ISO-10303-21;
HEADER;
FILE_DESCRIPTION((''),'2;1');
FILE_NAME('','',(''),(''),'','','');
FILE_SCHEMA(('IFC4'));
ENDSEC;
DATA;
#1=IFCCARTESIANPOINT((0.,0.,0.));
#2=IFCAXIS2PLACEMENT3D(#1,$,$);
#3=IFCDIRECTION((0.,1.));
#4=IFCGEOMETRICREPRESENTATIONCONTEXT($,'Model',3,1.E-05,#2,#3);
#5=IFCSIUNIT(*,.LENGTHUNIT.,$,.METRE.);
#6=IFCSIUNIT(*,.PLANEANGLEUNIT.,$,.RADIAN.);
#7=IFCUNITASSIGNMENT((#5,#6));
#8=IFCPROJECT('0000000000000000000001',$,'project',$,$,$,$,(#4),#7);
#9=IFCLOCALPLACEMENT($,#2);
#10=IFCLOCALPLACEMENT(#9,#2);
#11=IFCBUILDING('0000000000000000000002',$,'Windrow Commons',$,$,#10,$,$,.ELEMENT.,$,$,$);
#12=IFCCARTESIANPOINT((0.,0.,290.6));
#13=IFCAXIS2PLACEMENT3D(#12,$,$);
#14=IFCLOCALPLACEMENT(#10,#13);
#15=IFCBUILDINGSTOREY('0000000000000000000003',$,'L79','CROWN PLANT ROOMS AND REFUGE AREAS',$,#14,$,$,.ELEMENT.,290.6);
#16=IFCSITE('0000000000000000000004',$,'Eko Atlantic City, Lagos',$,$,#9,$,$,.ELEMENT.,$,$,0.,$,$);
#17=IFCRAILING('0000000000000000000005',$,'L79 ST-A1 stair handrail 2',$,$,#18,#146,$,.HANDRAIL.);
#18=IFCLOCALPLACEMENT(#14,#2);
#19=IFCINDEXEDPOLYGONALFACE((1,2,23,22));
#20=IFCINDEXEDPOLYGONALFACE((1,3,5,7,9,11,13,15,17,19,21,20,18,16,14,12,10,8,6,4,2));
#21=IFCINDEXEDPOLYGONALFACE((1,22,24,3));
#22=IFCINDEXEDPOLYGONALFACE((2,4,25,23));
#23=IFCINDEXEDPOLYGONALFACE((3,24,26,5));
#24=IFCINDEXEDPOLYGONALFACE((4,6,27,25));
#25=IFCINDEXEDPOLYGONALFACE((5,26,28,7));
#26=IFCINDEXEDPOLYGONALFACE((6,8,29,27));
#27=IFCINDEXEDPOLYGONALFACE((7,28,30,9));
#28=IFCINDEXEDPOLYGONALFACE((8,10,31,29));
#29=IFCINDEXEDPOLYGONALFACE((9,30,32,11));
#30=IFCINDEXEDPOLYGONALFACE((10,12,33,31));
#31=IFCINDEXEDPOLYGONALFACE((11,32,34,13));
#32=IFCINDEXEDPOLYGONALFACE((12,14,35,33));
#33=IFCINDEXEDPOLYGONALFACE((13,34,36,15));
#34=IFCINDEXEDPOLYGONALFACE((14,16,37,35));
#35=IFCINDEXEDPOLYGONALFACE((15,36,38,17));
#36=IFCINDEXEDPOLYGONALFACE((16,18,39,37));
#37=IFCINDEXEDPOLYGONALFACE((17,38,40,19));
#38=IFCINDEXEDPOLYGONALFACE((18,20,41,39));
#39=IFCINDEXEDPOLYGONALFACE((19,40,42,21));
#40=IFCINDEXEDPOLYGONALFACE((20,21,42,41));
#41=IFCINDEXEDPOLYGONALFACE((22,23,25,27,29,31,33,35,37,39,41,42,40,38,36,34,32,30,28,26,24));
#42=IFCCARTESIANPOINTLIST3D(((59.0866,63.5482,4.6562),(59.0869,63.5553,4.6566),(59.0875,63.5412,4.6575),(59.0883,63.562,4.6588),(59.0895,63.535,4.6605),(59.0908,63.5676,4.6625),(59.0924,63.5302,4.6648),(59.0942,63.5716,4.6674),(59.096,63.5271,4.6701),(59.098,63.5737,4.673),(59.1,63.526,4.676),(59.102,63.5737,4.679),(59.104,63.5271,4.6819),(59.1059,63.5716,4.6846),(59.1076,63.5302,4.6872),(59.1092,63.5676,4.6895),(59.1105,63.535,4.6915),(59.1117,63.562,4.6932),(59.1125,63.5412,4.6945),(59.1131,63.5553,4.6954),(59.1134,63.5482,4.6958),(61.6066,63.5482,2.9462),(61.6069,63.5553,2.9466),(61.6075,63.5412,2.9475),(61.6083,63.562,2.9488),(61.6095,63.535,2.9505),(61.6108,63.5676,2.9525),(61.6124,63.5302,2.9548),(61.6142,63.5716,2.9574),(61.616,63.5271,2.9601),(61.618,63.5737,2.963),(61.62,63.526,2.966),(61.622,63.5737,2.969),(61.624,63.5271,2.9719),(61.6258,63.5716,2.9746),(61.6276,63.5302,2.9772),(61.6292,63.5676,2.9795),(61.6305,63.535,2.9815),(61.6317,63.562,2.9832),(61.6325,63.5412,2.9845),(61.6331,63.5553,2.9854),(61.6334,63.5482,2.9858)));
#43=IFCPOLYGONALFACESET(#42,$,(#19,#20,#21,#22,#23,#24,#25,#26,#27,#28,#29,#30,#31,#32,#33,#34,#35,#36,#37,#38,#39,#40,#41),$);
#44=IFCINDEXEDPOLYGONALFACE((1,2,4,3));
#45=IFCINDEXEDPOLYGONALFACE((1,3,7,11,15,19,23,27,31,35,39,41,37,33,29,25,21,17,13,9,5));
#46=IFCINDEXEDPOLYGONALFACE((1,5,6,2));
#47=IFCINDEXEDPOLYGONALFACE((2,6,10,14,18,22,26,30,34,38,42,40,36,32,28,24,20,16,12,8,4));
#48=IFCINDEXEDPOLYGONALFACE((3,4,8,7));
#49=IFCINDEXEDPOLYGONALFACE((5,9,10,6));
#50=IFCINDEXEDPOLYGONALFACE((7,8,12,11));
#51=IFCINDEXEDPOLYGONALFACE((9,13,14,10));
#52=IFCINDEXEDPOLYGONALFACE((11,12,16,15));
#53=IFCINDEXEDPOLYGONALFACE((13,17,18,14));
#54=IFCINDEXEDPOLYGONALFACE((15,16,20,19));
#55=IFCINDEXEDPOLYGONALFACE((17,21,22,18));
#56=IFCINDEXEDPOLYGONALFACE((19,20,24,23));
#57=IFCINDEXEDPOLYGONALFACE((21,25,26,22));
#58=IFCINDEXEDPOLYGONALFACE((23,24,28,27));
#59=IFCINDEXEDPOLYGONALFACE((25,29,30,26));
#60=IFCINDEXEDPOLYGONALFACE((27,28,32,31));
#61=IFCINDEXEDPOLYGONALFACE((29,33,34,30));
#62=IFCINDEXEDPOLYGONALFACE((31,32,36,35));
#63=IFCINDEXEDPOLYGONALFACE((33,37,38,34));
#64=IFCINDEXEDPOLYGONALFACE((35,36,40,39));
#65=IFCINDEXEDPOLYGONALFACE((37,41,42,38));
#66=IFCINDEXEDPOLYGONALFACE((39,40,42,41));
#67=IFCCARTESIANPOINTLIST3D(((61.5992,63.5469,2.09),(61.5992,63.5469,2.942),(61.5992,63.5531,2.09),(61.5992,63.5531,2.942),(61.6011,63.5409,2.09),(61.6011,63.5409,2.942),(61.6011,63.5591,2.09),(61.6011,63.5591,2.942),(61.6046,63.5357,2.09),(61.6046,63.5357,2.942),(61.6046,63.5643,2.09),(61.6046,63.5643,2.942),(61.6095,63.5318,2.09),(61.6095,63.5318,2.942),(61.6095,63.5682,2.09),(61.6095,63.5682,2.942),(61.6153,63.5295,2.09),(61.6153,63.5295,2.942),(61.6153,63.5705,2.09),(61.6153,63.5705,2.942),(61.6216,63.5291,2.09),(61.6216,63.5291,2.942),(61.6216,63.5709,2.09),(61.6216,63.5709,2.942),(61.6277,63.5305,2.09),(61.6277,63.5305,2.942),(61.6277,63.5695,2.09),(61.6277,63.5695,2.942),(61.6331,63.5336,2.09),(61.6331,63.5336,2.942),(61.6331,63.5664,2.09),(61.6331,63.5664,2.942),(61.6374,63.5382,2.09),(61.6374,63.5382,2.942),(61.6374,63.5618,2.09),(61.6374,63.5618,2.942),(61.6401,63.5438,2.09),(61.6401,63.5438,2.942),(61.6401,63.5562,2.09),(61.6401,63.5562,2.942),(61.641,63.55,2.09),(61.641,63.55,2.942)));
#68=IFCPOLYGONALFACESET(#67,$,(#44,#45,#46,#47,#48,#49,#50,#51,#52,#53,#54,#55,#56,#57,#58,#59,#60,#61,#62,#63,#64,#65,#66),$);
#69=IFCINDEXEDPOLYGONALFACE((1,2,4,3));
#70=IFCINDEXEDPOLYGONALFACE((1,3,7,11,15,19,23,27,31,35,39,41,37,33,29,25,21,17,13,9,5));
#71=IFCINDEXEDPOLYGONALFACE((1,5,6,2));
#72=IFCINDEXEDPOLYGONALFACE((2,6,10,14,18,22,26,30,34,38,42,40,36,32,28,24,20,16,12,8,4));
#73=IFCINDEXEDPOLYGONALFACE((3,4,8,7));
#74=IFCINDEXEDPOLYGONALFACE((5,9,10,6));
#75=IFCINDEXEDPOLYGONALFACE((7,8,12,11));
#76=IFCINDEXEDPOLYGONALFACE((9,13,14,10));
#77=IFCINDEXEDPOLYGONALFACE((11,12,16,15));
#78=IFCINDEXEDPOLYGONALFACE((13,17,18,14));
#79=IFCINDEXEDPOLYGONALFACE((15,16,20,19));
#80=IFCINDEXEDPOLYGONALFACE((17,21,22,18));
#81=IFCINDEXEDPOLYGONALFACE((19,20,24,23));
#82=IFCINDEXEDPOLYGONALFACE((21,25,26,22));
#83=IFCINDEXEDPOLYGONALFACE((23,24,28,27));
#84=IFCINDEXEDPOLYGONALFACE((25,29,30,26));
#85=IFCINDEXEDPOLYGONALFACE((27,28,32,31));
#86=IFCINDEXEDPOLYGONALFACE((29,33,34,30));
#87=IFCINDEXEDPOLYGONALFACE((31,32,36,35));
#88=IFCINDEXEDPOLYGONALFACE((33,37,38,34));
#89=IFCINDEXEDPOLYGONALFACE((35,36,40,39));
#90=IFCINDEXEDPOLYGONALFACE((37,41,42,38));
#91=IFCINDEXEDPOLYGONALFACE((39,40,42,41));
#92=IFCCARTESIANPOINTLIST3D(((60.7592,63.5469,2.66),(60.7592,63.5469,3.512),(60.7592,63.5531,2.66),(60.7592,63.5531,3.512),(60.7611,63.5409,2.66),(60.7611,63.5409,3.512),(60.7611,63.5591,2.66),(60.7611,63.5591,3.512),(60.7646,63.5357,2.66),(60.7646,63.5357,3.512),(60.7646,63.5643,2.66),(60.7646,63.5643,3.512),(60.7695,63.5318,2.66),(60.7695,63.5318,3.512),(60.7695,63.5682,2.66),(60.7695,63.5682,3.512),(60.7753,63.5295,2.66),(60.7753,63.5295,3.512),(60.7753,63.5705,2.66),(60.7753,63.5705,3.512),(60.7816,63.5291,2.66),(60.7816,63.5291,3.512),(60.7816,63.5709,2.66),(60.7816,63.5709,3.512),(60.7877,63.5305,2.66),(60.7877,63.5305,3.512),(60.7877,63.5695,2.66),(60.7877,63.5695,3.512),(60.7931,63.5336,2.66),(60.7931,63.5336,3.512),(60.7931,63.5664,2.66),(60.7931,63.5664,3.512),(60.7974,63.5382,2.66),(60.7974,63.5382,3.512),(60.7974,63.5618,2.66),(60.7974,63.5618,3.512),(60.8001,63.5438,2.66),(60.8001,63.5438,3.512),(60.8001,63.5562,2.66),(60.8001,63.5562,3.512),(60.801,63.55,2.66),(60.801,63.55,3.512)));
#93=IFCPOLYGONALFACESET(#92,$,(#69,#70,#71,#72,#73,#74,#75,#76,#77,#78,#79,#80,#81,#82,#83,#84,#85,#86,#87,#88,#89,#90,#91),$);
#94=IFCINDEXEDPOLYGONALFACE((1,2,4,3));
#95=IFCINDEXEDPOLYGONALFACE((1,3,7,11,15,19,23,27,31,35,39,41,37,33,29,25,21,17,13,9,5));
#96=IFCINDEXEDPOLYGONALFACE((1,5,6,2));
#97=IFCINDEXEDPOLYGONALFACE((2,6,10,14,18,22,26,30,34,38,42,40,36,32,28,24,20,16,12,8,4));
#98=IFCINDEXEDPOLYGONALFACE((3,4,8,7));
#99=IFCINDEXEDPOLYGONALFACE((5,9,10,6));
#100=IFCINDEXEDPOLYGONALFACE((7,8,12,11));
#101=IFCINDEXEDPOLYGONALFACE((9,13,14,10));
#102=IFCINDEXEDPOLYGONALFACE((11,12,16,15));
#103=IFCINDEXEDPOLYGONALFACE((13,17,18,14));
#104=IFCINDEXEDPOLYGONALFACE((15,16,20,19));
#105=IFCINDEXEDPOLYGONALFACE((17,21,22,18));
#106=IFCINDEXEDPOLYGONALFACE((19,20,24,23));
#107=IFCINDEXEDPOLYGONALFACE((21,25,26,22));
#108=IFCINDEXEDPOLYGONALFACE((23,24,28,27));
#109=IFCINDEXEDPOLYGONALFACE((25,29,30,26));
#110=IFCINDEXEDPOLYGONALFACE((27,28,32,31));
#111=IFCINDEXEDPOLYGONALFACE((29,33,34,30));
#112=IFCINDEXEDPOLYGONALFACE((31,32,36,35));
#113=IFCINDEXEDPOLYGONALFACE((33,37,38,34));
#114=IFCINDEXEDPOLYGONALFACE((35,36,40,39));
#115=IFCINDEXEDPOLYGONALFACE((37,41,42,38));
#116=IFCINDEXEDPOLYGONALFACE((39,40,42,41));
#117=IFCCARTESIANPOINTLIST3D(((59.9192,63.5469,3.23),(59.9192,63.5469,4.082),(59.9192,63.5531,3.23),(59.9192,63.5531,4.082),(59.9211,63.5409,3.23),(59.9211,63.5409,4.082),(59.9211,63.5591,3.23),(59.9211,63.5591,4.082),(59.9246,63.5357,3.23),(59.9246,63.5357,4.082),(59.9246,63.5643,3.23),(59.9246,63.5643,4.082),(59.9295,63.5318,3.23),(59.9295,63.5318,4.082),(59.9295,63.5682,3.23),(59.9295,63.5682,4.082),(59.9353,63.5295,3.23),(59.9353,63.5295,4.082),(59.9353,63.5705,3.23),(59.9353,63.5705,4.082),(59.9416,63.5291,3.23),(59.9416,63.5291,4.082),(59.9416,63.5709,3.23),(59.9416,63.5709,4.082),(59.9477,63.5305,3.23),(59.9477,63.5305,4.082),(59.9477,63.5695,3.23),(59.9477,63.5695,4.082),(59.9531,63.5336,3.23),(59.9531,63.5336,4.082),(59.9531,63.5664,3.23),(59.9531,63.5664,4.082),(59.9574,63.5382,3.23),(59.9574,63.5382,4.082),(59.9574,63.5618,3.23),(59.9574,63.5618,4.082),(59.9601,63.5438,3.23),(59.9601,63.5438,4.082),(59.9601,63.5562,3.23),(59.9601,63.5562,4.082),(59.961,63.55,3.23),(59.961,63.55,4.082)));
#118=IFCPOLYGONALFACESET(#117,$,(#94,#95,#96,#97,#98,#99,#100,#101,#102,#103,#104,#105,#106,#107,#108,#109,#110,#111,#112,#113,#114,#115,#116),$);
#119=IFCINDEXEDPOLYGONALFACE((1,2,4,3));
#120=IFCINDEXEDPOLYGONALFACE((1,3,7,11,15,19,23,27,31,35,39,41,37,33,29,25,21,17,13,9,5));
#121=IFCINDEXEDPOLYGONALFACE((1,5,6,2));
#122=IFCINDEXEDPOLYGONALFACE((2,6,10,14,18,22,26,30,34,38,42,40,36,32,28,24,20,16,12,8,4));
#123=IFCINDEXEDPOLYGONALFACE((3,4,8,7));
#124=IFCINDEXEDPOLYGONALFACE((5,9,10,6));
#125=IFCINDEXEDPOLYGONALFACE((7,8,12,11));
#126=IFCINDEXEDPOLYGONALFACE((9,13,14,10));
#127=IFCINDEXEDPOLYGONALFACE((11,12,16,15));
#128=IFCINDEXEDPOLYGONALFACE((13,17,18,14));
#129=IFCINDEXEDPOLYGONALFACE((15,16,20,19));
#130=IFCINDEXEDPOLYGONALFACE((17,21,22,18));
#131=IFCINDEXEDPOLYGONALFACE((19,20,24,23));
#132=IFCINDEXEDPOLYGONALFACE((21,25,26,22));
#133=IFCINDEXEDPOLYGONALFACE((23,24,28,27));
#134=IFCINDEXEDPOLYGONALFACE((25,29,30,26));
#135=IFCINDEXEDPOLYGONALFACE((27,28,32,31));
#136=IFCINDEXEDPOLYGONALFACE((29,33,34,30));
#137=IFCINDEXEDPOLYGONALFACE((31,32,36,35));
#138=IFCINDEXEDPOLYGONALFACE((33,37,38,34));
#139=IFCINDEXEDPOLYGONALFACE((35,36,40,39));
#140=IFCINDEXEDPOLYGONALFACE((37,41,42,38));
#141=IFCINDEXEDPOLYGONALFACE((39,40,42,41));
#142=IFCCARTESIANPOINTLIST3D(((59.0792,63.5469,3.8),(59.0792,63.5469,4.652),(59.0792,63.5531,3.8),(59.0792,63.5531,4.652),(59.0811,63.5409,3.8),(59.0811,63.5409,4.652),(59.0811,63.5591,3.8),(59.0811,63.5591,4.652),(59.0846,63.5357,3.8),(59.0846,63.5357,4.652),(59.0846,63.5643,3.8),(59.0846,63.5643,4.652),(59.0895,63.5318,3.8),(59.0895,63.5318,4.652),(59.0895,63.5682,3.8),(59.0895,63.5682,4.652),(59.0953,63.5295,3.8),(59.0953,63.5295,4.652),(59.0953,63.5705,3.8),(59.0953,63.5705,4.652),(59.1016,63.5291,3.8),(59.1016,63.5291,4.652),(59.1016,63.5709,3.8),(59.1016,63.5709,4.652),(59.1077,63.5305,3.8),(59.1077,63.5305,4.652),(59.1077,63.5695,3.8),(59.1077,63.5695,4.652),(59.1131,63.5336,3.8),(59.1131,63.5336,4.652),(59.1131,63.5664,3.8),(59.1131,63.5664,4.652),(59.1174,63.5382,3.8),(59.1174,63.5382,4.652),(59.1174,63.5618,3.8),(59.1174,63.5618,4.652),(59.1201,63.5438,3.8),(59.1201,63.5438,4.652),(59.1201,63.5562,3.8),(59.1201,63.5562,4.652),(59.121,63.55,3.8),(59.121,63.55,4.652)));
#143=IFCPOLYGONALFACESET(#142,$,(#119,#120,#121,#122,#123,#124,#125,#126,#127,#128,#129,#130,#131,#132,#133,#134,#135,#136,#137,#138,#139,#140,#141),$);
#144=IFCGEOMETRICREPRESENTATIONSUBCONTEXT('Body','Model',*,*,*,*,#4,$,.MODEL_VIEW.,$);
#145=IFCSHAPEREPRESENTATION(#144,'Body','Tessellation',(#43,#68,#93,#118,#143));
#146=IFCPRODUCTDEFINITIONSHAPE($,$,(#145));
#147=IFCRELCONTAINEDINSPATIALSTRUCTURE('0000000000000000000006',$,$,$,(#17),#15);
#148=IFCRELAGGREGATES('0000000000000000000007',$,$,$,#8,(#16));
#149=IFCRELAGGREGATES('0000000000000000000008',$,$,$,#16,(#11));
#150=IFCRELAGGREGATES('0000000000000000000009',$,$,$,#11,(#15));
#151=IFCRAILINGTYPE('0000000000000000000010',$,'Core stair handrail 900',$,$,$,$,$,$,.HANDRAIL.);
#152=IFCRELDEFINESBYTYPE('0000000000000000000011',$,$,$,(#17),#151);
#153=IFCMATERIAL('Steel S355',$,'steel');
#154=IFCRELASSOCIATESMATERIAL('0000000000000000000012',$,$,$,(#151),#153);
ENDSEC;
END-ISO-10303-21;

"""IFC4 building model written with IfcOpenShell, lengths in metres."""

from ifc_helpers import new_model, si_unit, direction, frame, origin, origin_2d, place, context, subcontext, project, spatial, circle, extrude, material, type_object, element, save


model = new_model("IFC4")

# Units and contexts
model_context = context("Model", 3, precision=1e-05, world=origin(), true_north=direction((0.0, 1.0)))
body_context = subcontext(model_context, "Body", "Model", "MODEL_VIEW")
ifc_project = project(units=[si_unit("LENGTHUNIT", "METRE"), si_unit("PLANEANGLEUNIT", "RADIAN")], contexts=[model_context])

# Site, building, storey
site_placement = place(None, origin())
site = spatial("IfcSite", under=ifc_project, at=site_placement, Name="Eko Atlantic City, Lagos", CompositionType="ELEMENT", RefElevation=0.0)
building_placement = place(site_placement, origin())
building = spatial("IfcBuilding", under=site, at=building_placement, Name="Windrow Commons", CompositionType="ELEMENT")
storey_placement = place(building_placement, frame((0.0, 0.0, 290.6)))
storey = spatial("IfcBuildingStorey", under=building, at=storey_placement, Name="L79", Description="CROWN PLANT ROOMS AND REFUGE AREAS", CompositionType="ELEMENT", Elevation=290.6)

# Railing
ifc_material_1 = material(Name="Steel S355", Category="steel")
railing_type_1 = type_object("IfcRailingType", Name="Core stair handrail 900", PredefinedType="HANDRAIL", material=ifc_material_1)
railing_1_placement = place(storey_placement, frame((61.62, 63.55, 2.09)))
element("IfcRailing", 1, at=railing_1_placement, inside=storey, type_object=railing_type_1, Name="L79 ST-A1 stair handrail 2", PredefinedType="HANDRAIL", context=body_context, shape_type="SweptSolid", body=[
    extrude(circle(Radius=0.024, at=origin_2d()), frame((0.0, 0.0, 0.876), z_axis=(-0.827476, 0.0, 0.561501), x_axis=(0.0, -1.0, 0.0)), (0.0, 0.0, 1.0), 3.0454),
    extrude(circle(Radius=0.021, at=origin_2d()), origin(), (0.0, 0.0, 1.0), 0.852),
    extrude(circle(Radius=0.021, at=origin_2d()), frame((-0.84, 0.0, 0.57)), (0.0, 0.0, 1.0), 0.852),
    extrude(circle(Radius=0.021, at=origin_2d()), frame((-1.68, 0.0, 1.14)), (0.0, 0.0, 1.0), 0.852),
    extrude(circle(Radius=0.021, at=origin_2d()), frame((-2.52, 0.0, 1.71)), (0.0, 0.0, 1.0), 0.852),
])

save(model, "model.ifc")
